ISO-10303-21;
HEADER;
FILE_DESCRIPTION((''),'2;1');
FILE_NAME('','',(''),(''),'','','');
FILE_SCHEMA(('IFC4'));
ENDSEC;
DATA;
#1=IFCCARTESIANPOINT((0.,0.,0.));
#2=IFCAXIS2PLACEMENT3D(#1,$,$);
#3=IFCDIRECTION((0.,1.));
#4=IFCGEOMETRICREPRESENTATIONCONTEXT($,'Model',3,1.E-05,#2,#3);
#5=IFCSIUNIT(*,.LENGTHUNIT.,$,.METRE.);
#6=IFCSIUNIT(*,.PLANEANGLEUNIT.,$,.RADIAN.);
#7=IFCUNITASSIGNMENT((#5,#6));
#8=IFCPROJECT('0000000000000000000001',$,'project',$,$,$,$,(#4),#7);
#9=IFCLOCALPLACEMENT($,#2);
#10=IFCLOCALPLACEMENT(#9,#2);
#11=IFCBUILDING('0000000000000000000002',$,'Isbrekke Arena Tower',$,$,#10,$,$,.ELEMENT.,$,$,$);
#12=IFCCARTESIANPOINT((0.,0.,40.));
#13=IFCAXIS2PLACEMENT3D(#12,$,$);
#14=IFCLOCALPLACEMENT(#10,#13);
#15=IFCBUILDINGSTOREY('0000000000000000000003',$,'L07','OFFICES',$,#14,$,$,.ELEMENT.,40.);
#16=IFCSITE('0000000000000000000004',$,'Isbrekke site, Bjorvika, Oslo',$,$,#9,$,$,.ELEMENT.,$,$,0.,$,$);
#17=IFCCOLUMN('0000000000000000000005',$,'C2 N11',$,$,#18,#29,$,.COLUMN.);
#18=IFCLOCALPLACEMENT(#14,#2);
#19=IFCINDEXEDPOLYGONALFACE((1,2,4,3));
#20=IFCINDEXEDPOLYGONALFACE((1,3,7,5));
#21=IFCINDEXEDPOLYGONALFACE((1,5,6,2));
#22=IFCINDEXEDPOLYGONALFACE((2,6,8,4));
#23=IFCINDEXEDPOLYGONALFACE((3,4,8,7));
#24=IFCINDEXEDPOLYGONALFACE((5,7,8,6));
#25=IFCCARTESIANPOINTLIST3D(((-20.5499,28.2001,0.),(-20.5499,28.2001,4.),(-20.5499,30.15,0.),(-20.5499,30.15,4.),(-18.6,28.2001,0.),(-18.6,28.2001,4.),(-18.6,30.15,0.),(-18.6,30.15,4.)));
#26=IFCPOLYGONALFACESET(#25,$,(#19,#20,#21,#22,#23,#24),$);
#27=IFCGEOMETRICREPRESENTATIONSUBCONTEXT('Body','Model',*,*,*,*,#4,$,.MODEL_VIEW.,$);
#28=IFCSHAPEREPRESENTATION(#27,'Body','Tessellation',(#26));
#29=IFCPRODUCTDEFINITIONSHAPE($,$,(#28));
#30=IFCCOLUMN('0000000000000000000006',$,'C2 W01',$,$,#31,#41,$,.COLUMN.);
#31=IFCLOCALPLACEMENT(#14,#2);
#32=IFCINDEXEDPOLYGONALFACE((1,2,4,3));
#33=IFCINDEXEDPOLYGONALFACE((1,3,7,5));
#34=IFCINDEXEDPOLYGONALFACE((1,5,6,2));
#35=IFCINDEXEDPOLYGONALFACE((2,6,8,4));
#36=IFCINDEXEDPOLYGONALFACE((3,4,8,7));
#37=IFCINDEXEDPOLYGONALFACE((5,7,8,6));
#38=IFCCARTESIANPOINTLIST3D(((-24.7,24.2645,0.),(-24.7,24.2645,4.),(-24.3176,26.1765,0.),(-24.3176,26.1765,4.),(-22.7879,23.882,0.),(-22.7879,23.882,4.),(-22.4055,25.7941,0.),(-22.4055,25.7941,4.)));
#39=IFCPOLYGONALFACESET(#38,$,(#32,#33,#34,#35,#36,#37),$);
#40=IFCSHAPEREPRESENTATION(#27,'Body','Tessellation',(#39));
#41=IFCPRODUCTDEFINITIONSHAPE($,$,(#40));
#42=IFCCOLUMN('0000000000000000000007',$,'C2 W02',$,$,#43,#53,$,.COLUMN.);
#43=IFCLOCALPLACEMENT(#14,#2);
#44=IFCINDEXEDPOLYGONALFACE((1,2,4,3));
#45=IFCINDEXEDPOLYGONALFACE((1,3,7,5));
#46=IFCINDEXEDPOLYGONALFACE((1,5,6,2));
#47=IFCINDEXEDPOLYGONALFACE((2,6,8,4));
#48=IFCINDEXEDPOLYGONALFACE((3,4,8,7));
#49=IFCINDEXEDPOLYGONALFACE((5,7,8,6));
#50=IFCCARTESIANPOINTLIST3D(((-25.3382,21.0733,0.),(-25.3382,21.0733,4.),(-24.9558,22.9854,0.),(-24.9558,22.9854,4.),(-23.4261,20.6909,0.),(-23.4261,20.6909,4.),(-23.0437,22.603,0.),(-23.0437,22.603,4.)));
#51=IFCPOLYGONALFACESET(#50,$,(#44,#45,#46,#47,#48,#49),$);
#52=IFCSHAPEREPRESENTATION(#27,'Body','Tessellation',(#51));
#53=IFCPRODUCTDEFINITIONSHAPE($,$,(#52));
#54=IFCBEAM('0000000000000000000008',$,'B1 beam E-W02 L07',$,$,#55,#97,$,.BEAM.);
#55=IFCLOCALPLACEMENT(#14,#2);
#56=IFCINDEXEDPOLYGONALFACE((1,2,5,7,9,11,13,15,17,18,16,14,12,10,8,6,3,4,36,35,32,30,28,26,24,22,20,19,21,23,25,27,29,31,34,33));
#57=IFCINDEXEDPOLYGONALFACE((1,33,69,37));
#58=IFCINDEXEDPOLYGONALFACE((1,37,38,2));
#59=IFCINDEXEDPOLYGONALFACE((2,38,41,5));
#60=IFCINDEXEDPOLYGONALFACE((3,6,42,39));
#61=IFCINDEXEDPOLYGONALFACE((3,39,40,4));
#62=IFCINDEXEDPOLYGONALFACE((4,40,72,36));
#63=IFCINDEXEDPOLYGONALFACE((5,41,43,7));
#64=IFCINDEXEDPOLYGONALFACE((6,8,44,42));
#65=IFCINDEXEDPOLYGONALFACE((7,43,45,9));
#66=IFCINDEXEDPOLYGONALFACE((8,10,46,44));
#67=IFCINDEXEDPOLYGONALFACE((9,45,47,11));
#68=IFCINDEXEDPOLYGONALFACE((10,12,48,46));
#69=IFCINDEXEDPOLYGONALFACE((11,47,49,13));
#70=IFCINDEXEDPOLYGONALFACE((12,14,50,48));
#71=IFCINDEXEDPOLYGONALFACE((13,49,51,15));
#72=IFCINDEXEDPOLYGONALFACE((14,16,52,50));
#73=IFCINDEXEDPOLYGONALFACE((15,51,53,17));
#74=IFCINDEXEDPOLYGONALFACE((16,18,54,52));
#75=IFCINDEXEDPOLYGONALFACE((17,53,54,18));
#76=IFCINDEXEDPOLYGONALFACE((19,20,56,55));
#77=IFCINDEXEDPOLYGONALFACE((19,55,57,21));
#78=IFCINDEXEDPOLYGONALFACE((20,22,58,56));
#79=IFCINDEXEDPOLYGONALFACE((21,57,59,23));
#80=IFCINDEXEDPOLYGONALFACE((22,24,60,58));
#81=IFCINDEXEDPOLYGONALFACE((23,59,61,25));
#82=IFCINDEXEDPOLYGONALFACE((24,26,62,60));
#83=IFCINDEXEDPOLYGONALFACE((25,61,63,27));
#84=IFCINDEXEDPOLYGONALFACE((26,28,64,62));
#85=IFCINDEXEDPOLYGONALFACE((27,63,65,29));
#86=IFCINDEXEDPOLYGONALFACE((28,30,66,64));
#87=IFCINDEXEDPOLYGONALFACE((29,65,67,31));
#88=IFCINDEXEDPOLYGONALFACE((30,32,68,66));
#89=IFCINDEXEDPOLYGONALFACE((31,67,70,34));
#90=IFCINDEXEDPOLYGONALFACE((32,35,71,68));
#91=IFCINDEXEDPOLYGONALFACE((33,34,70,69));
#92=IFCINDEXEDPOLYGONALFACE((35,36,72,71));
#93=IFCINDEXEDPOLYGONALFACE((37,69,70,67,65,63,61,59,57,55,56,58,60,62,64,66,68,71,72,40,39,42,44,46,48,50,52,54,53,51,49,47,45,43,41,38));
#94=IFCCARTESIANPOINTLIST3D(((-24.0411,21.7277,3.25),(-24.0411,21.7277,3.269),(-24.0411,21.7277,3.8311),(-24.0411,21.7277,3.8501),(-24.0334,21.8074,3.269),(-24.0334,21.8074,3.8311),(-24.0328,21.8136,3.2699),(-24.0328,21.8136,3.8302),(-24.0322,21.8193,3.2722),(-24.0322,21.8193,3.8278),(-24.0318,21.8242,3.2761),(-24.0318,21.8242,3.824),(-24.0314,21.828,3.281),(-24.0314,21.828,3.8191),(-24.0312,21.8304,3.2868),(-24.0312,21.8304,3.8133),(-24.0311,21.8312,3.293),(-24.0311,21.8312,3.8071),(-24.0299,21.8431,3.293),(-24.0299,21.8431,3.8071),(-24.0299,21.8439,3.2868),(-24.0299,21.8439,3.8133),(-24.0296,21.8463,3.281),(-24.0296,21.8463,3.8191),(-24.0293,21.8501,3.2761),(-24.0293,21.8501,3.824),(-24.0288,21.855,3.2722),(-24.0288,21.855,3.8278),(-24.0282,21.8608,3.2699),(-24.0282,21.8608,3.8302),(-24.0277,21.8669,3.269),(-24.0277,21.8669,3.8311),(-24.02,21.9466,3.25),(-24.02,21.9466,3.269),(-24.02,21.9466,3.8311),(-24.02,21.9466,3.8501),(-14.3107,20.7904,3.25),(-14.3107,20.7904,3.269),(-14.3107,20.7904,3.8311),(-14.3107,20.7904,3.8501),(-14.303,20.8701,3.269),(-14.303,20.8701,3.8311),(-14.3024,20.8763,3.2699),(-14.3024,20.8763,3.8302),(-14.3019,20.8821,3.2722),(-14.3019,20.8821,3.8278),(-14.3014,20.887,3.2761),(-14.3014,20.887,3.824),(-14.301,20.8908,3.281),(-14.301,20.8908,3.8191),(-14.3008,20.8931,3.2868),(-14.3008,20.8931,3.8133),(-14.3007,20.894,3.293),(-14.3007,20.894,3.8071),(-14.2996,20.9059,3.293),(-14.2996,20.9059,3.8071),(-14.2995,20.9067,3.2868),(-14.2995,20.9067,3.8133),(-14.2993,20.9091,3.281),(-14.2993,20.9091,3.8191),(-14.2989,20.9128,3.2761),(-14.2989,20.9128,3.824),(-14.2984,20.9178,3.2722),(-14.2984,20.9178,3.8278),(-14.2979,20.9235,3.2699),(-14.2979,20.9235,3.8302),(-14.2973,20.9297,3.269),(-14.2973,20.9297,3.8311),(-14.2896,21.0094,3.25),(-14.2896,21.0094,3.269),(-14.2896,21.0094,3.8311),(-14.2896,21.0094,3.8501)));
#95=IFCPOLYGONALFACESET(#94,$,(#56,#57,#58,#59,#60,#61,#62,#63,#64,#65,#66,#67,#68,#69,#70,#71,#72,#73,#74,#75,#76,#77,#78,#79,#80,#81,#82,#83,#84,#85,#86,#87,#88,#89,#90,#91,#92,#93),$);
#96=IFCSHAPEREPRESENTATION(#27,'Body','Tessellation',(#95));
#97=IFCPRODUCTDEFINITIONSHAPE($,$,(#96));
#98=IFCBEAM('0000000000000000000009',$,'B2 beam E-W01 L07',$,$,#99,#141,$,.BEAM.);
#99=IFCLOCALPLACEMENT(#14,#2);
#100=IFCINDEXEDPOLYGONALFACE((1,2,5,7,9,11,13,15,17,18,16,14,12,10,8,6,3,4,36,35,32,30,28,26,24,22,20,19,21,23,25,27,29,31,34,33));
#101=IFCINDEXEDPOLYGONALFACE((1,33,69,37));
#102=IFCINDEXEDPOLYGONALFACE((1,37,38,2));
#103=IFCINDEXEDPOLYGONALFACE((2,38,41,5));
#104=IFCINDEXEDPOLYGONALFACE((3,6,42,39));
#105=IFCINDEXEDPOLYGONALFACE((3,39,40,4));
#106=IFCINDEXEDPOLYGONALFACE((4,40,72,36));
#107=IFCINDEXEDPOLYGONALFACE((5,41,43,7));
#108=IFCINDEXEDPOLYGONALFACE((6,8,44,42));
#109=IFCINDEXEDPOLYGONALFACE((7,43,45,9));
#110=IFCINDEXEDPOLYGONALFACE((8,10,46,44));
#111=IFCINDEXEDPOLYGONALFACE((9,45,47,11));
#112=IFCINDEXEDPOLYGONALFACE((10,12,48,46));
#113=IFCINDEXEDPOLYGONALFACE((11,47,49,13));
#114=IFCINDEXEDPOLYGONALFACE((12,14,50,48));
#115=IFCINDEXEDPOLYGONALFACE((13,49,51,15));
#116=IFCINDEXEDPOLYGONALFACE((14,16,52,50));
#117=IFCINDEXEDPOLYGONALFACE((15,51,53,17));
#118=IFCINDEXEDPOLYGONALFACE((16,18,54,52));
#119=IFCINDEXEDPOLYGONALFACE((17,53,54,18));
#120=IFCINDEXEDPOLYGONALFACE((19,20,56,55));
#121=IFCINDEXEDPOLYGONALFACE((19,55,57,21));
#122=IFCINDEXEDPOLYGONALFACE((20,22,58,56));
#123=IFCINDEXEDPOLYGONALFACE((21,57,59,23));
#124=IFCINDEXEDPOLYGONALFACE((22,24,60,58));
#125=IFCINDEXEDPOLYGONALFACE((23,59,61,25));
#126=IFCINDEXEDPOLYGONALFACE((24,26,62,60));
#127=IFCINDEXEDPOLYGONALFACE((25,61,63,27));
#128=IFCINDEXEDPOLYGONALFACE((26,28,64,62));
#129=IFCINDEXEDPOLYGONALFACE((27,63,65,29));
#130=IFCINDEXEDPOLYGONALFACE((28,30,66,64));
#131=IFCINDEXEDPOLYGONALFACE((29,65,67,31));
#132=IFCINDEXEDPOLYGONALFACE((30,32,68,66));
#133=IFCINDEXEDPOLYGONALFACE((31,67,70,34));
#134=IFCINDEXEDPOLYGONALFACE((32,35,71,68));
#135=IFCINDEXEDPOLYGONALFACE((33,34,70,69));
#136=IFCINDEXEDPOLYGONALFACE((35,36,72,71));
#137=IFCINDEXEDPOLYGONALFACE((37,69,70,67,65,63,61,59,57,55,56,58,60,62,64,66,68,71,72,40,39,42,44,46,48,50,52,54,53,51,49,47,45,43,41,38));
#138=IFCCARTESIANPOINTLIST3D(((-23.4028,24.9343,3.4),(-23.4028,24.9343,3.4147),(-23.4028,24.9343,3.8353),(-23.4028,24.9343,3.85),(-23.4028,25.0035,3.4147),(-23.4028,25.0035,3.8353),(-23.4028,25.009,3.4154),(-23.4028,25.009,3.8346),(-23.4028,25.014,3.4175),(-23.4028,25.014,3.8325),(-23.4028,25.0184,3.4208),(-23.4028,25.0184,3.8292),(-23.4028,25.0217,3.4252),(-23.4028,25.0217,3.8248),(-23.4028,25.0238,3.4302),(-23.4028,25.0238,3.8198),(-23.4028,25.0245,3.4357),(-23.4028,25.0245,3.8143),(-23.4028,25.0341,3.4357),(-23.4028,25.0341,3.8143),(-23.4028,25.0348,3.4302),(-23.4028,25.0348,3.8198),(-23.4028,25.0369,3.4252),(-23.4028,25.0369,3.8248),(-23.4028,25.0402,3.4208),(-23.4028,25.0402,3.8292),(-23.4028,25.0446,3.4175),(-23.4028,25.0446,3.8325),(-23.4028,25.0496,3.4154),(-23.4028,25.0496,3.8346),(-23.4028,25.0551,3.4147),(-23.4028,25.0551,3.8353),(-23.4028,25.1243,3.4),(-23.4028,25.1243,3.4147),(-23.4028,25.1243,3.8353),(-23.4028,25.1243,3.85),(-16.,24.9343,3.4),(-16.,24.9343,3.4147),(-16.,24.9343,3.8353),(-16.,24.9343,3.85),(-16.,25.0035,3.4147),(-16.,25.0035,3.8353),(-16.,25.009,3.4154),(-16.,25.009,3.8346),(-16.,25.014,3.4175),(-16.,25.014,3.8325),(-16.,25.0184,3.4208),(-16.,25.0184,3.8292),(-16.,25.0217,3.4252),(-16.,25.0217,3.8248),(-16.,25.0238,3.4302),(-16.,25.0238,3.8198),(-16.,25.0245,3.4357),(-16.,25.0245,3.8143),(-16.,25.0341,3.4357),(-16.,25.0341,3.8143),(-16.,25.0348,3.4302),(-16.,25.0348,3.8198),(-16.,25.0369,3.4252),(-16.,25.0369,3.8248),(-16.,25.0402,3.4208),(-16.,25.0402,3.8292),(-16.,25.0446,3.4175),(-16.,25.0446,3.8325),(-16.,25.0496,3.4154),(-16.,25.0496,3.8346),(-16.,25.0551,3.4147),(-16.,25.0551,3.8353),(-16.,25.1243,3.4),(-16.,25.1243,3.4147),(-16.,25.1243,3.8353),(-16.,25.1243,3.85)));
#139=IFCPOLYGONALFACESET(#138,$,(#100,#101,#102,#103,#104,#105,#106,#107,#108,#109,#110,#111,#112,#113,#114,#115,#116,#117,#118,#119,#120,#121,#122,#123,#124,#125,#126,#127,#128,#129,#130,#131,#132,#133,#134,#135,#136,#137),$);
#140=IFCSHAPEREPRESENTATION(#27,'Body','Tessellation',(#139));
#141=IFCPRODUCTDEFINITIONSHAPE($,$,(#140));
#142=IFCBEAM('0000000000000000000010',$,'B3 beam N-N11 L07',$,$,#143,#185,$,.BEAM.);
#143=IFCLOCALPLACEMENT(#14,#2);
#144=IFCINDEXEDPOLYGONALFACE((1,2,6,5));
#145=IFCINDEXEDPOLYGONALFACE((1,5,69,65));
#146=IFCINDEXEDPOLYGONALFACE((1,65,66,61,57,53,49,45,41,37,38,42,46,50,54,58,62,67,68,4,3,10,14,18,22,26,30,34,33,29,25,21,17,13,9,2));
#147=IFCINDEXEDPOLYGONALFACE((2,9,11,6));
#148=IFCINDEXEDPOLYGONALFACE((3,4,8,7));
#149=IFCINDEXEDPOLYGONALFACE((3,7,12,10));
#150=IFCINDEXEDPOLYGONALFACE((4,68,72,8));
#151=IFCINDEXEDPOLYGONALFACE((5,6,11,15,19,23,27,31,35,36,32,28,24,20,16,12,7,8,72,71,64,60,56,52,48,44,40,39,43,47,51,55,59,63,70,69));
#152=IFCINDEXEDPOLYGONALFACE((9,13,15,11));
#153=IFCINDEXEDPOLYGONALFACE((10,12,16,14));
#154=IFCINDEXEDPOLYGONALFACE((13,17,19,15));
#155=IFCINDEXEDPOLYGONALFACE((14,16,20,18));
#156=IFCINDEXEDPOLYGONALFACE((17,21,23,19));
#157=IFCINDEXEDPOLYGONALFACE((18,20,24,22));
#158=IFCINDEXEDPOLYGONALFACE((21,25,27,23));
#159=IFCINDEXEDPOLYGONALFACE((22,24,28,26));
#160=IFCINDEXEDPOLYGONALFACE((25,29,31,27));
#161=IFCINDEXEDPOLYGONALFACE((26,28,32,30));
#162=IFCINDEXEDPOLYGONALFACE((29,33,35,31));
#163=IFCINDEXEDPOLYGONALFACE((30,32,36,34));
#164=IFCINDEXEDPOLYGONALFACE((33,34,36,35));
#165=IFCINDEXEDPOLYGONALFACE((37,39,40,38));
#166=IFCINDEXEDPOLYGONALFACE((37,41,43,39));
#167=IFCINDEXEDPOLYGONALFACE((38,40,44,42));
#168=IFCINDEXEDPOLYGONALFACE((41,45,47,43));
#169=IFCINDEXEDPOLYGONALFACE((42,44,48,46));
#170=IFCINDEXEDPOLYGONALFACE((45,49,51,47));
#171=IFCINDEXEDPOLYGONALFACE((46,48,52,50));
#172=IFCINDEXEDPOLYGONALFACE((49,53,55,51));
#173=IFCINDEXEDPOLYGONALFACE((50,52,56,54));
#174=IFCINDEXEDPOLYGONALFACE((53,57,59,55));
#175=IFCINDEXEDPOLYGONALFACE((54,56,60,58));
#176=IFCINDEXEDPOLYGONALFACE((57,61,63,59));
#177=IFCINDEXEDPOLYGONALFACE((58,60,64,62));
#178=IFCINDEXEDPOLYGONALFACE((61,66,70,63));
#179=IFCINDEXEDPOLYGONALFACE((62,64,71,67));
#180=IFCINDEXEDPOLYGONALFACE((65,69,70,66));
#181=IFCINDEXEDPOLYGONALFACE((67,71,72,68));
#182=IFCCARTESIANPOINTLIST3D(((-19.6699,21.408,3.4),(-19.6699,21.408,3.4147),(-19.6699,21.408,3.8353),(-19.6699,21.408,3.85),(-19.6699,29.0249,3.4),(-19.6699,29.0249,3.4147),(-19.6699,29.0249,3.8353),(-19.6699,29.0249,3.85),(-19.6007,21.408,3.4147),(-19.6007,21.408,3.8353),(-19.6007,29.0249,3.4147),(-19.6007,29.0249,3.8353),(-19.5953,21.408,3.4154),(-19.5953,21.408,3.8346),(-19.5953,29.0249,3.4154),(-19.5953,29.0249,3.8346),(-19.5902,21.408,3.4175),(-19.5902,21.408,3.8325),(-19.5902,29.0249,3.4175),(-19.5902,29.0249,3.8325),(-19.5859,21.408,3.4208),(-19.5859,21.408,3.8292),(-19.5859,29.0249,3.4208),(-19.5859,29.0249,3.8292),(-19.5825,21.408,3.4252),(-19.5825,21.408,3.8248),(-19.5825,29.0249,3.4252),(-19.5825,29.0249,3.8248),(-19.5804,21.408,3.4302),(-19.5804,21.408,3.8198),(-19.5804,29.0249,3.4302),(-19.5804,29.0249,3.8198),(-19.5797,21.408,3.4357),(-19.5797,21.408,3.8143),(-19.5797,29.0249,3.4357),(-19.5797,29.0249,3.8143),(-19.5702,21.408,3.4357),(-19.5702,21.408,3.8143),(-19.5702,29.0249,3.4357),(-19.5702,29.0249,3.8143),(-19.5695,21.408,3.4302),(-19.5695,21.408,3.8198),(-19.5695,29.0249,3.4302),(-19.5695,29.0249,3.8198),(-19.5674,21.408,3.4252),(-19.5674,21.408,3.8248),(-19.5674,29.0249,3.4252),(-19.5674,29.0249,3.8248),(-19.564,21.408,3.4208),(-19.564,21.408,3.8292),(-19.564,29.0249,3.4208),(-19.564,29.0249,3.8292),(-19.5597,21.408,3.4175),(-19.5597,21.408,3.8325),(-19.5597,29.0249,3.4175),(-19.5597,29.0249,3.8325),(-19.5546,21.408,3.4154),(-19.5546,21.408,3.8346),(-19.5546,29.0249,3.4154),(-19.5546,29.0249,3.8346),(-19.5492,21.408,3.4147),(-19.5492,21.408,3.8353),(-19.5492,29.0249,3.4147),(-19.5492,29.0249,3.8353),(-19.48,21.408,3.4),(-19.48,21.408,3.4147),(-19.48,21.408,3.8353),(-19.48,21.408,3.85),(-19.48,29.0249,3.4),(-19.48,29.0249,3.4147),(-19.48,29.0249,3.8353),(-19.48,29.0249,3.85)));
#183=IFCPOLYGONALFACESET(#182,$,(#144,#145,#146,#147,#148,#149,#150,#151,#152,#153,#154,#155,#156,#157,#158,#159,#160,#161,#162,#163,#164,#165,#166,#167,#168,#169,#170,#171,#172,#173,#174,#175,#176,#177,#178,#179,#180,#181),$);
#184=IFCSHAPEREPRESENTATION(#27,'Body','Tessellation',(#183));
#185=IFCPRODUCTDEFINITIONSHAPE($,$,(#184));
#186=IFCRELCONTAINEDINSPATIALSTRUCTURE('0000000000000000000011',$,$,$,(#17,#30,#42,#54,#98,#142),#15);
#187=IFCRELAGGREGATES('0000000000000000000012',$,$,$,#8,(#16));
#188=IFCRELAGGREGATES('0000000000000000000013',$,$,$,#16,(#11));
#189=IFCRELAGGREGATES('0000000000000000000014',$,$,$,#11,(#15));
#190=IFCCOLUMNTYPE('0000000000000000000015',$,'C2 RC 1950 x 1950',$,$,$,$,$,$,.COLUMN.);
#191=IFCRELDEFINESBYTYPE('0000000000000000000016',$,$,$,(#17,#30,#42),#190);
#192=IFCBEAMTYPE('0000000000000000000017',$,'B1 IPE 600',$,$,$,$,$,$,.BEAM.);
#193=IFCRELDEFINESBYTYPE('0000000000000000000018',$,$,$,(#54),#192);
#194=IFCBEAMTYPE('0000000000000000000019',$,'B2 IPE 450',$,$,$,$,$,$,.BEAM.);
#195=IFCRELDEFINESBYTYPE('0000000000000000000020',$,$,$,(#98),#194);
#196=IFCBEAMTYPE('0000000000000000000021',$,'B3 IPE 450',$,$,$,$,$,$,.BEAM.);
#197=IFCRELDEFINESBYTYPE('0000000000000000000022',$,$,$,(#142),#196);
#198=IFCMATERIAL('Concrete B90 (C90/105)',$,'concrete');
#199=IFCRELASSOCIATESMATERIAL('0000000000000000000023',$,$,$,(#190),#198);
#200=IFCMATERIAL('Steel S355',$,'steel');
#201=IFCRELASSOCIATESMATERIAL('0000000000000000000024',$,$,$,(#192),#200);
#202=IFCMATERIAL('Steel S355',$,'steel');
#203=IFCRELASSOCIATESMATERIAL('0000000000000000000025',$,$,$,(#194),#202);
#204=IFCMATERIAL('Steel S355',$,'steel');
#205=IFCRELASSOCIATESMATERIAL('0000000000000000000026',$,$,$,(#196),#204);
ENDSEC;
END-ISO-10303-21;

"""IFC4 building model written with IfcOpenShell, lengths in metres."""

from ifc_helpers import new_model, si_unit, direction, frame, origin, origin_2d, place, context, subcontext, project, spatial, rectangle, i_section, extrude, material, material_profile, profile_set, type_object, element, save


model = new_model("IFC4")

# Units and contexts
model_context = context("Model", 3, precision=1e-05, world=origin(), true_north=direction((0.0, 1.0)))
body_context = subcontext(model_context, "Body", "Model", "MODEL_VIEW")
ifc_project = project(units=[si_unit("LENGTHUNIT", "METRE"), si_unit("PLANEANGLEUNIT", "RADIAN")], contexts=[model_context])

# Site, building, storey
site_placement = place(None, origin())
site = spatial("IfcSite", under=ifc_project, at=site_placement, Name="Isbrekke site, Bjorvika, Oslo", CompositionType="ELEMENT", RefElevation=0.0)
building_placement = place(site_placement, origin())
building = spatial("IfcBuilding", under=site, at=building_placement, Name="Isbrekke Arena Tower", CompositionType="ELEMENT")
storey_placement = place(building_placement, frame((0.0, 0.0, 40.0)))
storey = spatial("IfcBuildingStorey", under=building, at=storey_placement, Name="L07", Description="OFFICES", CompositionType="ELEMENT", Elevation=40.0)

# Columns
ifc_material_1 = material(Name="Concrete B90 (C90/105)", Category="concrete")
ifc_material_profile_1 = material_profile(ifc_material_1, rectangle(XDim=1.95, YDim=1.95, at=origin_2d()), Name="RC 1950x1950")
ifc_profile_set_1 = profile_set([ifc_material_profile_1], Name="Concrete B90 (C90/105)")
column_type = type_object("IfcColumnType", Name="C2 RC 1950 x 1950", PredefinedType="COLUMN", material=ifc_profile_set_1)
for number, where, z_axis, x_axis, name in (
    (1, (-19.575, 29.175, 0.0), (0.0, 0.0, 1.0), (-1.0, 0.0, 0.0), "C2 N11"),
    (2, (-23.5527, 25.0293, 0.0), (0.0, 0.0, 1.0), (-0.196116, -0.980581, 0.0), "C2 W01"),
    (3, (-24.1909, 21.8381, 0.0), (0.0, 0.0, 1.0), (-0.196116, -0.980581, 0.0), "C2 W02"),
):
    element("IfcColumn", number, at=place(storey_placement, frame(where, z_axis=z_axis, x_axis=x_axis)), inside=storey, type_object=column_type, Name=name, PredefinedType="COLUMN", context=body_context, shape_type="SweptSolid", body=[
        extrude(rectangle(XDim=1.95, YDim=1.95, at=origin_2d()), origin(), (0.0, 0.0, 1.0), 4.0),
    ])

# Beams
ifc_material_2 = material(Name="Steel S355", Category="steel")
ifc_material_profile_2 = material_profile(ifc_material_2, i_section(OverallWidth=0.22, OverallDepth=0.6001, WebThickness=0.012, FlangeThickness=0.019, FilletRadius=0.0239, at=origin_2d()), Name="IPE 600")
ifc_profile_set_2 = profile_set([ifc_material_profile_2], Name="Steel S355")
beam_type_1 = type_object("IfcBeamType", Name="B1 IPE 600", PredefinedType="BEAM", material=ifc_profile_set_2)
beam_1_placement = place(storey_placement, frame((-24.0305, 21.8372, 3.55), z_axis=(0.995393, -0.095878, 0.0), x_axis=(0.095878, 0.995393, 0.0)))
element("IfcBeam", 4, at=beam_1_placement, inside=storey, type_object=beam_type_1, Name="B1 beam E-W02 L07", PredefinedType="BEAM", context=body_context, shape_type="SweptSolid", body=[
    extrude(i_section(OverallWidth=0.22, OverallDepth=0.6001, WebThickness=0.012, FlangeThickness=0.019, FilletRadius=0.0239, at=origin_2d()), origin(), (0.0, 0.0, 1.0), 9.7754),
])
ifc_material_3 = material(Name="Steel S355", Category="steel")
ifc_material_profile_3 = material_profile(ifc_material_3, i_section(OverallWidth=0.1899, OverallDepth=0.45, WebThickness=0.0095, FlangeThickness=0.0146, FilletRadius=0.021, at=origin_2d()), Name="IPE 450")
ifc_profile_set_3 = profile_set([ifc_material_profile_3], Name="Steel S355")
beam_type_2 = type_object("IfcBeamType", Name="B2 IPE 450", PredefinedType="BEAM", material=ifc_profile_set_3)
beam_2_placement = place(storey_placement, frame((-23.4028, 25.0293, 3.625), z_axis=(1.0, 0.0, 0.0), x_axis=(0.0, 1.0, 0.0)))
element("IfcBeam", 5, at=beam_2_placement, inside=storey, type_object=beam_type_2, Name="B2 beam E-W01 L07", PredefinedType="BEAM", context=body_context, shape_type="SweptSolid", body=[
    extrude(i_section(OverallWidth=0.1899, OverallDepth=0.45, WebThickness=0.0095, FlangeThickness=0.0146, FilletRadius=0.021, at=origin_2d()), origin(), (0.0, 0.0, 1.0), 7.4028),
])
ifc_material_4 = material(Name="Steel S355", Category="steel")
ifc_material_profile_4 = material_profile(ifc_material_4, i_section(OverallWidth=0.1899, OverallDepth=0.45, WebThickness=0.0095, FlangeThickness=0.0146, FilletRadius=0.021, at=origin_2d()), Name="IPE 450")
ifc_profile_set_4 = profile_set([ifc_material_profile_4], Name="Steel S355")
beam_type_3 = type_object("IfcBeamType", Name="B3 IPE 450", PredefinedType="BEAM", material=ifc_profile_set_4)
beam_3_placement = place(storey_placement, frame((-19.575, 29.0249, 3.625), z_axis=(0.0, -1.0, 0.0), x_axis=(1.0, 0.0, 0.0)))
element("IfcBeam", 6, at=beam_3_placement, inside=storey, type_object=beam_type_3, Name="B3 beam N-N11 L07", PredefinedType="BEAM", context=body_context, shape_type="SweptSolid", body=[
    extrude(i_section(OverallWidth=0.1899, OverallDepth=0.45, WebThickness=0.0095, FlangeThickness=0.0146, FilletRadius=0.021, at=origin_2d()), origin(), (0.0, 0.0, 1.0), 7.6169),
])

save(model, "model.ifc")
